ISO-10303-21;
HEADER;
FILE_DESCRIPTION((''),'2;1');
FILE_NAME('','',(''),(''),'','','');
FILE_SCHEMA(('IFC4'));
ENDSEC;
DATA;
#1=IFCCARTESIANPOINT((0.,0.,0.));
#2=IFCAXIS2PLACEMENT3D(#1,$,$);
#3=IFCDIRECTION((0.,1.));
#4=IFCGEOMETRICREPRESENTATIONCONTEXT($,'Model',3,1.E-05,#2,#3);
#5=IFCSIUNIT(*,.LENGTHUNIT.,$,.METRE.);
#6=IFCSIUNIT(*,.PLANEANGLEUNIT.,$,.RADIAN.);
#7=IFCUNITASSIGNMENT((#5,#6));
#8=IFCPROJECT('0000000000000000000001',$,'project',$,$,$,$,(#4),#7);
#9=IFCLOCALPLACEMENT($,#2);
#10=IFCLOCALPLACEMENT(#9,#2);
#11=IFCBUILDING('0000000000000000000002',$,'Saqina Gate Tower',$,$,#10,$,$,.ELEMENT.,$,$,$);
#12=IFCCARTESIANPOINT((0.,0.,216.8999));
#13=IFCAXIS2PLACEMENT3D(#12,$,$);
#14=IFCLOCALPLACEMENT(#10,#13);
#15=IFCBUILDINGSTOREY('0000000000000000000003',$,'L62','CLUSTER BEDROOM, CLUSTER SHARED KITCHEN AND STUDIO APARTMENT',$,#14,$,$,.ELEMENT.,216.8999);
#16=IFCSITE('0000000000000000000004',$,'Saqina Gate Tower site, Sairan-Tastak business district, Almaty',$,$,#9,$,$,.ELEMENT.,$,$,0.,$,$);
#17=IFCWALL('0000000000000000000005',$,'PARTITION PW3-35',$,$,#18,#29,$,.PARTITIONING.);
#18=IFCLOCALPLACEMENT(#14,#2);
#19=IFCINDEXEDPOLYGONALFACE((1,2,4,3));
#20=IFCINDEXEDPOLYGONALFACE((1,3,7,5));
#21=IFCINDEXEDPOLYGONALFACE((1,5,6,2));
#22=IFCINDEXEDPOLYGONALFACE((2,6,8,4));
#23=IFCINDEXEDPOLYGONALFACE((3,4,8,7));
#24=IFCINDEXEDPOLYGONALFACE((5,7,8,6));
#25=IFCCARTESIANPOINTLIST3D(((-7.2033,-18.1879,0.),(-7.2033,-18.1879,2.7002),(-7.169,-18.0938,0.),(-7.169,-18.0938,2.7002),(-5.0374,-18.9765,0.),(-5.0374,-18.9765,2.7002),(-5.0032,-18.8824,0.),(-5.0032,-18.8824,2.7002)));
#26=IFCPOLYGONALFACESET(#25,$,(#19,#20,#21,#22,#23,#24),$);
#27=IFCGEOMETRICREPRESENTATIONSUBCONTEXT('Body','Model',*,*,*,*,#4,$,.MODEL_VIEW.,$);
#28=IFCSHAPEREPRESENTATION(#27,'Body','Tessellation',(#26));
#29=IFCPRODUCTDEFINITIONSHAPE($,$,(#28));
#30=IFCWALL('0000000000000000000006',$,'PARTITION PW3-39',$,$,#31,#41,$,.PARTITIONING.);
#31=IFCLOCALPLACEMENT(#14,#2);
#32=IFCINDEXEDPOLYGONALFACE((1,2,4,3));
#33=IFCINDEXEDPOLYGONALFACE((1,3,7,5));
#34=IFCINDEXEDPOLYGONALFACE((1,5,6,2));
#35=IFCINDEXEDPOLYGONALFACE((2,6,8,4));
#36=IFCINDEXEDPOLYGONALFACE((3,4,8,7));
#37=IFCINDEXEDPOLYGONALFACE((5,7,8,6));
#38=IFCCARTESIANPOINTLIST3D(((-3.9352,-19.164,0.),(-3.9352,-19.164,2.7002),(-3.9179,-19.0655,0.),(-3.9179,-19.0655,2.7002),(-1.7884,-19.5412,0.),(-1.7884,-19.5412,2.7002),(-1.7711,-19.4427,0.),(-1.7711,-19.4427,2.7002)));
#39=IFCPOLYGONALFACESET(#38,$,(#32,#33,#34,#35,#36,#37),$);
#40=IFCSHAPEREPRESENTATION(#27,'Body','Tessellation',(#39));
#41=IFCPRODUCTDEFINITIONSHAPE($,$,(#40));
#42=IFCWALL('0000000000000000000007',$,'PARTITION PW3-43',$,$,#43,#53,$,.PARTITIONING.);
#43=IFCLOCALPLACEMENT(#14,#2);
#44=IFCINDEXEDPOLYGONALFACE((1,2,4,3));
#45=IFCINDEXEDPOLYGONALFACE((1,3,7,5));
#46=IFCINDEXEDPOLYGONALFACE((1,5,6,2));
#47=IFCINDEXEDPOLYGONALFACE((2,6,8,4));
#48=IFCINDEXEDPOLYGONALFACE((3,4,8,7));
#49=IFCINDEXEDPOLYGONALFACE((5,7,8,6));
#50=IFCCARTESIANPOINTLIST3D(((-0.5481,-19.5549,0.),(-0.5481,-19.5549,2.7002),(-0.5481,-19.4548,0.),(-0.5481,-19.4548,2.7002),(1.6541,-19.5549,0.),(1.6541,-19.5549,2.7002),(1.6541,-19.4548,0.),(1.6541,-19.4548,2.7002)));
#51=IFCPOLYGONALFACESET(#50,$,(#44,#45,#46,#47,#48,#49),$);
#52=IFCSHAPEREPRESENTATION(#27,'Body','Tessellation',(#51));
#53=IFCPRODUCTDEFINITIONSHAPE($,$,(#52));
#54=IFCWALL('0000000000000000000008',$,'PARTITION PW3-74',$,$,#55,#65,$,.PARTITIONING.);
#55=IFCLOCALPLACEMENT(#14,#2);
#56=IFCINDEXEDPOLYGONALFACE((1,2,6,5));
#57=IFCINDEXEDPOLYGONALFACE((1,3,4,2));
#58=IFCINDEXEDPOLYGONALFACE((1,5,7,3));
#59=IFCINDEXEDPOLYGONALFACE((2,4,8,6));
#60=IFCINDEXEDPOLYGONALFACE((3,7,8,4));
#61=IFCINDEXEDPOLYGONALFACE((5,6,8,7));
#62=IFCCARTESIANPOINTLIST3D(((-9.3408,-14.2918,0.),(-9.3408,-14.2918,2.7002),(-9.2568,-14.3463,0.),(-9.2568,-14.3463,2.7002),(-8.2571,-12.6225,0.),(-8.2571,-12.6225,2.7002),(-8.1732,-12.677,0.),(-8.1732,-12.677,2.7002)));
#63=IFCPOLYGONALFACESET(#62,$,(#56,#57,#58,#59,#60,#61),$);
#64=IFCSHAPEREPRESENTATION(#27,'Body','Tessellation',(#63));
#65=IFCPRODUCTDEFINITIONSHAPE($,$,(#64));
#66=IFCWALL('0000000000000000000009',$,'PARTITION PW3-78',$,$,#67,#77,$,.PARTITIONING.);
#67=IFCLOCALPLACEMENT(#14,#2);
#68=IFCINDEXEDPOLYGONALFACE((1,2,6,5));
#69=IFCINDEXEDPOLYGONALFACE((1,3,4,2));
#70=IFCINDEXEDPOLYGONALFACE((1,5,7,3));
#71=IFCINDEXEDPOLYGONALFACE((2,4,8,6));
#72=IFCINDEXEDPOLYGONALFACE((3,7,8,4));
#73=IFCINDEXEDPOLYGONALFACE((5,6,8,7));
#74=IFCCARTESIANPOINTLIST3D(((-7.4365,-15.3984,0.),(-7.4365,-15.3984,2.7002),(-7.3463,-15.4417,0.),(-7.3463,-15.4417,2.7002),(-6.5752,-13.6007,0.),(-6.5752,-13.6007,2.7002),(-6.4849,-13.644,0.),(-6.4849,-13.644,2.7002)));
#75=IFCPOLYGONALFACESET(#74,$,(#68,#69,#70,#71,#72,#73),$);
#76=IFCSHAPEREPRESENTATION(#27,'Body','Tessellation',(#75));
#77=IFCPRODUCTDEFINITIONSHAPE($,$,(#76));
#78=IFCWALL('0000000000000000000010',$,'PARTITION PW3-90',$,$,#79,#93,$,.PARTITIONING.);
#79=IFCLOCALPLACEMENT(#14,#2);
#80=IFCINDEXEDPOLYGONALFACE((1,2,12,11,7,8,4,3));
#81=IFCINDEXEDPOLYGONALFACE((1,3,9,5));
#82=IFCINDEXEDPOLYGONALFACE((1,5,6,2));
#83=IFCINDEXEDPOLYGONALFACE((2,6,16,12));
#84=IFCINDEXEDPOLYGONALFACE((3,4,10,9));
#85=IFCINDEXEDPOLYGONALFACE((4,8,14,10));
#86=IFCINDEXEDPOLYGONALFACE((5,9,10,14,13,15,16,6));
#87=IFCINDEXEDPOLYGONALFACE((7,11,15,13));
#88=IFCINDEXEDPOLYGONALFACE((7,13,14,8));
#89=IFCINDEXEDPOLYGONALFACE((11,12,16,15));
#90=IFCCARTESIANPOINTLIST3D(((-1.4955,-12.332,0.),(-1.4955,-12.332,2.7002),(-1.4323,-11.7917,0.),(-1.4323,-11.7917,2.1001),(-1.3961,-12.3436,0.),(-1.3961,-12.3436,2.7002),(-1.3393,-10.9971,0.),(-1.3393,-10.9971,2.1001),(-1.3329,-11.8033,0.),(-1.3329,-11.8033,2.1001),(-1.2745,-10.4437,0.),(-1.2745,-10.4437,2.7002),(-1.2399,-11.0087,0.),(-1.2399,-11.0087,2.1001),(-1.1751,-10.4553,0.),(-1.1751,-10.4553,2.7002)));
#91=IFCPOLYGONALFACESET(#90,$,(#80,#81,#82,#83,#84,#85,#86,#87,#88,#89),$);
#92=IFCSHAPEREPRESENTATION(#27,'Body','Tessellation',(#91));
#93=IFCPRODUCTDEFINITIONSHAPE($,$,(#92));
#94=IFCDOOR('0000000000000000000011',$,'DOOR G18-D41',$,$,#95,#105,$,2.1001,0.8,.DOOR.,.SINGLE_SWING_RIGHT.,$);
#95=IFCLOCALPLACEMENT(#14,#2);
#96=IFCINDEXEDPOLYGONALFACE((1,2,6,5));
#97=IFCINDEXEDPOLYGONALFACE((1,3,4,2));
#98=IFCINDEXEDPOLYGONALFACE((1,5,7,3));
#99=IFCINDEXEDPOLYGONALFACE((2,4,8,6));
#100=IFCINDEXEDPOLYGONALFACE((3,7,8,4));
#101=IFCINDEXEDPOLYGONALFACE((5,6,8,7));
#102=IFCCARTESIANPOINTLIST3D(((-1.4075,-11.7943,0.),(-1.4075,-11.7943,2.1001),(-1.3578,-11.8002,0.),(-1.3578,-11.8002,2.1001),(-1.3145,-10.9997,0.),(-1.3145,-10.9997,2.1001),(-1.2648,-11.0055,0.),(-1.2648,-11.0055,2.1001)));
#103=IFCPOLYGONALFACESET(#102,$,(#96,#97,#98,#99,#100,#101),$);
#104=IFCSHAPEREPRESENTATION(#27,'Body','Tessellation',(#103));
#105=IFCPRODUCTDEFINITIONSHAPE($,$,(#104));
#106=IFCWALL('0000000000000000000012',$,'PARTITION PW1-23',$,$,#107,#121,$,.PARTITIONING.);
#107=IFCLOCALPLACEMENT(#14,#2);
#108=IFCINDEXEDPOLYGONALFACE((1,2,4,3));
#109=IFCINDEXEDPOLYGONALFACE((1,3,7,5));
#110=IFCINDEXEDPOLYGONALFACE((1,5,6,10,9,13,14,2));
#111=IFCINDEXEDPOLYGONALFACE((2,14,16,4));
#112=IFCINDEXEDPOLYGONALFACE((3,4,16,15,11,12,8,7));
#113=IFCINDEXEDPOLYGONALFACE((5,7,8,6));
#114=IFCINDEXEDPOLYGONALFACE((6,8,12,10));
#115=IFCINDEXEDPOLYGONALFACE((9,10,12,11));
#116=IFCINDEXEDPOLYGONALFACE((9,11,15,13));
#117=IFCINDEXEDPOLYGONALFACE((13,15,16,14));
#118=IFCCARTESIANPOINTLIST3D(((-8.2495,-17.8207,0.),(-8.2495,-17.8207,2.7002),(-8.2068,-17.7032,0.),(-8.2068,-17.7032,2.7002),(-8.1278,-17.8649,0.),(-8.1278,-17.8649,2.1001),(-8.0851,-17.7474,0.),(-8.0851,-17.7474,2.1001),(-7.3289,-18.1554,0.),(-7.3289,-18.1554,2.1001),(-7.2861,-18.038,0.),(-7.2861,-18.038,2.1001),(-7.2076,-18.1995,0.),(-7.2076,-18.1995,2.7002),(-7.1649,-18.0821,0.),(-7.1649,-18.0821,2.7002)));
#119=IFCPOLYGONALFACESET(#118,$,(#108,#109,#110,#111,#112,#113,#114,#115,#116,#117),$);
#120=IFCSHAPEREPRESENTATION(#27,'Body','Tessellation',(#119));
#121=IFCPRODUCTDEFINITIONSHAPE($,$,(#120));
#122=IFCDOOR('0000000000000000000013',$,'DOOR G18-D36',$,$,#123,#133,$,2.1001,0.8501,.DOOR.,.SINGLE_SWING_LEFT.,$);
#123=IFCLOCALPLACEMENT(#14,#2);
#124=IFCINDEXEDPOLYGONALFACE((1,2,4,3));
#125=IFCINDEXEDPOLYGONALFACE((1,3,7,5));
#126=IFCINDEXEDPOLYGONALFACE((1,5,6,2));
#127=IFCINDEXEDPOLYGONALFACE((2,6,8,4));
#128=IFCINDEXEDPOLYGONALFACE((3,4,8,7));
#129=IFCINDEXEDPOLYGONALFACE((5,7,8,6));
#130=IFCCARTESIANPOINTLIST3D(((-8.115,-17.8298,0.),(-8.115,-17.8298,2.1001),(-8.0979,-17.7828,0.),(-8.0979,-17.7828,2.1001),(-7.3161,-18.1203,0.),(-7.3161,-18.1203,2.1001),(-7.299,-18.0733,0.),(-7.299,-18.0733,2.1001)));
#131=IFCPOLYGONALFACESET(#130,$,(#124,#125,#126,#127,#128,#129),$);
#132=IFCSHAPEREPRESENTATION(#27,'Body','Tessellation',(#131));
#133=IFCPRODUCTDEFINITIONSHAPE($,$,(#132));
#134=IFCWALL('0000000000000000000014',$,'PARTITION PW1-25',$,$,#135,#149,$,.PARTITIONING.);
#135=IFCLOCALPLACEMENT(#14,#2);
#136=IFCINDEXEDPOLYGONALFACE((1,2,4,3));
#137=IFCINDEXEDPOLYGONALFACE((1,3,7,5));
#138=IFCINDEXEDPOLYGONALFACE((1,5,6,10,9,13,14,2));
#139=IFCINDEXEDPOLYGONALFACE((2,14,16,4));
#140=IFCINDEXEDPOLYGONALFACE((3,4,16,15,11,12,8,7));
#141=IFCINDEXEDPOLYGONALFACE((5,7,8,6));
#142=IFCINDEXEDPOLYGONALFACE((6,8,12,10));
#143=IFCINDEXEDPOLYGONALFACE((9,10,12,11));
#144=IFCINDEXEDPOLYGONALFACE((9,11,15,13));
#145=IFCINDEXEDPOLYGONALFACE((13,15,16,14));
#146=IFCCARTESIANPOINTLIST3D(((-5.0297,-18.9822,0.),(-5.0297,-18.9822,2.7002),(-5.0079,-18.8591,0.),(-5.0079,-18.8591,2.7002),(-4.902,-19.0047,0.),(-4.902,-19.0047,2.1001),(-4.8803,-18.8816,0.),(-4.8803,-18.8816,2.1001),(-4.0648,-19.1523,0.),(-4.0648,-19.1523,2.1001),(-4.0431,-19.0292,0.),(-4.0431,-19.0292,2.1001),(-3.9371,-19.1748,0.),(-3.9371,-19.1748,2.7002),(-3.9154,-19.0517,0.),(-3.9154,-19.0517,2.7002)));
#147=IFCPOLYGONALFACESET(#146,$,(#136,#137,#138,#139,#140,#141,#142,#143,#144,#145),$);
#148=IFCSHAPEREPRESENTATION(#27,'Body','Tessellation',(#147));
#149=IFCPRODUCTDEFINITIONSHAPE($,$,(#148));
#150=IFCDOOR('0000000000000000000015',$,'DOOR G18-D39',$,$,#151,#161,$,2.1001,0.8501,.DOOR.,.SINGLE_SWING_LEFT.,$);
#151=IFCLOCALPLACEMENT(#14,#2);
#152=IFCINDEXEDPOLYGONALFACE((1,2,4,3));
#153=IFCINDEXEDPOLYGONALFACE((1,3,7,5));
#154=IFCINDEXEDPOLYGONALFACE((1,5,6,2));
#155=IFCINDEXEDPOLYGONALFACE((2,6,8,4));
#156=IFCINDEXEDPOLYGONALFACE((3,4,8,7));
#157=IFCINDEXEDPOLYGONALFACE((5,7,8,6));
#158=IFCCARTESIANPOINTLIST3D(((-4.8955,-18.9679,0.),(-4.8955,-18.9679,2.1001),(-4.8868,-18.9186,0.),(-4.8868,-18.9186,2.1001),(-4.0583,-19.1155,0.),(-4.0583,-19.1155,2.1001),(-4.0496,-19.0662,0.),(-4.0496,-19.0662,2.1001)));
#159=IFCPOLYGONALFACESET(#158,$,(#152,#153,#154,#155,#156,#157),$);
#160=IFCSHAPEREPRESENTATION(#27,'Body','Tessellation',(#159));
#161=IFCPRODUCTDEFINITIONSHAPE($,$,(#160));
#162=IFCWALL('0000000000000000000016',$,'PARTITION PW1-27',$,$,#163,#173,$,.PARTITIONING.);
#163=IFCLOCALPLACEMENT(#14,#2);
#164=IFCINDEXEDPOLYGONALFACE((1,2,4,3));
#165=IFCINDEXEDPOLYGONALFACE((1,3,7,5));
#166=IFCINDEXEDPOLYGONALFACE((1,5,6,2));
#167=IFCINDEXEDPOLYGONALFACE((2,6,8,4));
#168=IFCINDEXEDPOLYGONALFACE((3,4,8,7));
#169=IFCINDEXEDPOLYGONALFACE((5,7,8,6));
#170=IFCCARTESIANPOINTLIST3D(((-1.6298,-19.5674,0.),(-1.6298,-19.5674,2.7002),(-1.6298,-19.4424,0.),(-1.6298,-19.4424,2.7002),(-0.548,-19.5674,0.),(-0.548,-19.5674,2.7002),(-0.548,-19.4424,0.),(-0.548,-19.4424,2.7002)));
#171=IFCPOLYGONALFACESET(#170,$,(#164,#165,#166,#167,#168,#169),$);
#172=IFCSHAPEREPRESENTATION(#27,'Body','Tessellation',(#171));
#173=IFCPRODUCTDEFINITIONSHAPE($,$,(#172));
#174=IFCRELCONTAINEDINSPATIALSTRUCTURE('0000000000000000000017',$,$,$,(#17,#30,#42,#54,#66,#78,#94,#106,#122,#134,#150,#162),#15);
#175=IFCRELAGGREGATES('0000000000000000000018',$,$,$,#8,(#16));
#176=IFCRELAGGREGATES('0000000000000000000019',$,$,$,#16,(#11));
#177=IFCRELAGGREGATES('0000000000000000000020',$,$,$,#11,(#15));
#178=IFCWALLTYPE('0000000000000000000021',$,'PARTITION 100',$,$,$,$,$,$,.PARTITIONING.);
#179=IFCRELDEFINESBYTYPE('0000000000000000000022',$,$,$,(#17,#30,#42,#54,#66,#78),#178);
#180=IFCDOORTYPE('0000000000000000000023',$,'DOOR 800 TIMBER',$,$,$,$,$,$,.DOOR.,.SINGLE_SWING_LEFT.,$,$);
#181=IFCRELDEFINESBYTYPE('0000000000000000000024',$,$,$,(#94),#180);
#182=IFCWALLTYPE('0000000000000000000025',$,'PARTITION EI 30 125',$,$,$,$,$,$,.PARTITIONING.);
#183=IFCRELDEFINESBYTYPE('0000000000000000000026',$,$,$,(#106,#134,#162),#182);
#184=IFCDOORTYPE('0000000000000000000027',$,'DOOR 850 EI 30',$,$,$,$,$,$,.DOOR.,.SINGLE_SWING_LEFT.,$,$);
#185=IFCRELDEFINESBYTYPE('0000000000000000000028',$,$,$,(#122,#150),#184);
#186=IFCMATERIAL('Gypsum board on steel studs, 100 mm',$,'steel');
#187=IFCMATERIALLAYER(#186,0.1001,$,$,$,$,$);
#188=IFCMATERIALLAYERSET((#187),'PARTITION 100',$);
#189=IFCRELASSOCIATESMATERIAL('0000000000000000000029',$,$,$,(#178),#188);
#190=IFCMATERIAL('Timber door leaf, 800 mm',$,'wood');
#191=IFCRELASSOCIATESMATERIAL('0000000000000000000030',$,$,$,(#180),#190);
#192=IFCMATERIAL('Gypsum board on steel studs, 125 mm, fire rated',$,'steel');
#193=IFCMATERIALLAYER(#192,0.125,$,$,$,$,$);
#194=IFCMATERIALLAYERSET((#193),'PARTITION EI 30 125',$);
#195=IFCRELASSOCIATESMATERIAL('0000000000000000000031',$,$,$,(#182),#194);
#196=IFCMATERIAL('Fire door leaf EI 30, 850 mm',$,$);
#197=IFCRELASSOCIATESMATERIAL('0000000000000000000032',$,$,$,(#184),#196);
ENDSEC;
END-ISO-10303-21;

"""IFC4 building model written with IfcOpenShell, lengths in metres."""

from ifc_helpers import new_model, si_unit, direction, frame, frame_2d, origin, place, context, subcontext, project, spatial, rectangle, extrude, material, layer, layer_set, type_object, element, fill, save


model = new_model("IFC4")

# Units and contexts
model_context = context("Model", 3, precision=1e-05, world=origin(), true_north=direction((0.0, 1.0)))
body_context = subcontext(model_context, "Body", "Model", "MODEL_VIEW")
ifc_project = project(units=[si_unit("LENGTHUNIT", "METRE"), si_unit("PLANEANGLEUNIT", "RADIAN")], contexts=[model_context])

# Site, building, storey
site_placement = place(None, origin())
site = spatial("IfcSite", under=ifc_project, at=site_placement, Name="Saqina Gate Tower site, Sairan-Tastak business district, Almaty", CompositionType="ELEMENT", RefElevation=0.0)
building_placement = place(site_placement, origin())
building = spatial("IfcBuilding", under=site, at=building_placement, Name="Saqina Gate Tower", CompositionType="ELEMENT")
storey_placement = place(building_placement, frame((0.0, 0.0, 216.8999)))
storey = spatial("IfcBuildingStorey", under=building, at=storey_placement, Name="L62", Description="CLUSTER BEDROOM, CLUSTER SHARED KITCHEN AND STUDIO APARTMENT", CompositionType="ELEMENT", Elevation=216.8999)

# Walls
ifc_material_1 = material(Name="Gypsum board on steel studs, 100 mm", Category="steel")
ifc_layer_1 = layer(ifc_material_1, 0.1001)
ifc_layer_set_1 = layer_set([ifc_layer_1], Name="PARTITION 100")
wall_type_1 = type_object("IfcWallType", Name="PARTITION 100", PredefinedType="PARTITIONING", material=ifc_layer_set_1)
wall_1_placement = place(storey_placement, frame((-7.186, -18.1409, 0.0), z_axis=(0.0, 0.0, 1.0), x_axis=(0.939651, -0.342134, 0.0)))
element("IfcWall", 1, at=wall_1_placement, inside=storey, type_object=wall_type_1, Name="PARTITION PW3-35", PredefinedType="PARTITIONING", context=body_context, shape_type="SweptSolid", body=[
    extrude(rectangle(XDim=2.3049, YDim=0.1001, at=frame_2d((1.1523, 0.0))), origin(), (0.0, 0.0, 1.0), 2.7002),
])
wall_2_placement = place(storey_placement, frame((-3.9265, -19.1147, 0.0), z_axis=(0.0, 0.0, 1.0), x_axis=(0.984912, -0.173057, 0.0)))
element("IfcWall", 2, at=wall_2_placement, inside=storey, type_object=wall_type_1, Name="PARTITION PW3-39", PredefinedType="PARTITIONING", context=body_context, shape_type="SweptSolid", body=[
    extrude(rectangle(XDim=2.1797, YDim=0.1001, at=frame_2d((1.0898, 0.0))), origin(), (0.0, 0.0, 1.0), 2.7002),
])
wall_3_placement = place(storey_placement, frame((-0.5481, -19.5049, 0.0), z_axis=(0.0, 0.0, 1.0), x_axis=(1.0, 0.0, 0.0)))
element("IfcWall", 3, at=wall_3_placement, inside=storey, type_object=wall_type_1, Name="PARTITION PW3-43", PredefinedType="PARTITIONING", context=body_context, shape_type="SweptSolid", body=[
    extrude(rectangle(XDim=2.2021, YDim=0.1001, at=frame_2d((1.1011, 0.0))), origin(), (0.0, 0.0, 1.0), 2.7002),
])
wall_4_placement = place(storey_placement, frame((-9.2988, -14.3191, 0.0), z_axis=(0.0, 0.0, 1.0), x_axis=(0.544497, 0.838763, 0.0)))
element("IfcWall", 4, at=wall_4_placement, inside=storey, type_object=wall_type_1, Name="PARTITION PW3-74", PredefinedType="PARTITIONING", context=body_context, shape_type="SweptSolid", body=[
    extrude(rectangle(XDim=1.9902, YDim=0.1001, at=frame_2d((0.9951, 0.0))), origin(), (0.0, 0.0, 1.0), 2.7002),
])
wall_5_placement = place(storey_placement, frame((-7.3914, -15.4199, 0.0), z_axis=(0.0, 0.0, 1.0), x_axis=(0.43211, 0.901821, 0.0)))
element("IfcWall", 5, at=wall_5_placement, inside=storey, type_object=wall_type_1, Name="PARTITION PW3-78", PredefinedType="PARTITIONING", context=body_context, shape_type="SweptSolid", body=[
    extrude(rectangle(XDim=1.9934, YDim=0.1001, at=frame_2d((0.9966, 0.0))), origin(), (0.0, 0.0, 1.0), 2.7002),
])

# Walls, openings, doors
wall_6_placement = place(storey_placement, frame((-1.4458, -12.3379, 0.0), z_axis=(0.0, 0.0, 1.0), x_axis=(0.116223, 0.993223, 0.0)))
wall_6 = element("IfcWall", 6, at=wall_6_placement, inside=storey, type_object=wall_type_1, Name="PARTITION PW3-90", PredefinedType="PARTITIONING", context=body_context, shape_type="SweptSolid", body=[
    extrude(rectangle(XDim=1.9011, YDim=0.1001, at=frame_2d((0.9507, 0.0))), origin(), (0.0, 0.0, 1.0), 2.7002),
])
opening_1_placement = place(wall_6_placement, frame((0.5442, 0.0, 0.0)))
opening_1 = element("IfcOpeningElement", 7, at=opening_1_placement, cuts=wall_6, PredefinedType="OPENING", context=body_context, shape_type="SweptSolid", body=[
    extrude(rectangle(XDim=0.8, YDim=2.1001, at=frame_2d((0.3999, 1.05))), frame((0.0, 0.062, 0.0), z_axis=(0.0, -1.0, 0.0), x_axis=(1.0, 0.0, 0.0)), (0.0, 0.0, 1.0), 0.124),
])
ifc_material_2 = material(Name="Timber door leaf, 800 mm", Category="wood")
door_type_1 = type_object("IfcDoorType", Name="DOOR 800 TIMBER", OperationType="SINGLE_SWING_LEFT", PredefinedType="DOOR", material=ifc_material_2)
door_1_placement = place(opening_1_placement, frame((0.8, 0.0, 0.0), z_axis=(0.0, 0.0, 1.0), x_axis=(-1.0, 0.0, 0.0)))
door_1 = element("IfcDoor", 8, at=door_1_placement, inside=storey, type_object=door_type_1, Name="DOOR G18-D41", OperationType="SINGLE_SWING_RIGHT", OverallHeight=2.1001, OverallWidth=0.8, PredefinedType="DOOR", context=body_context, shape_type="SweptSolid", body=[
    extrude(rectangle(XDim=0.8, YDim=2.1001, at=frame_2d((0.3999, 1.05))), frame((0.0, 0.0249, 0.0), z_axis=(0.0, -1.0, 0.0), x_axis=(1.0, 0.0, 0.0)), (0.0, 0.0, 1.0), 0.05),
])
fill(opening_1, door_1)
ifc_material_3 = material(Name="Gypsum board on steel studs, 125 mm, fire rated", Category="steel")
ifc_layer_2 = layer(ifc_material_3, 0.125)
ifc_layer_set_2 = layer_set([ifc_layer_2], Name="PARTITION EI 30 125")
wall_type_2 = type_object("IfcWallType", Name="PARTITION EI 30 125", PredefinedType="PARTITIONING", material=ifc_layer_set_2)
wall_7_placement = place(storey_placement, frame((-8.228, -17.762, 0.0), z_axis=(0.0, 0.0, 1.0), x_axis=(0.939793, -0.341743, 0.0)))
wall_7 = element("IfcWall", 9, at=wall_7_placement, inside=storey, type_object=wall_type_2, Name="PARTITION PW1-23", PredefinedType="PARTITIONING", context=body_context, shape_type="SweptSolid", body=[
    extrude(rectangle(XDim=1.1086, YDim=0.125, at=frame_2d((0.5542, 0.0))), origin(), (0.0, 0.0, 1.0), 2.7002),
])
opening_2_placement = place(wall_7_placement, frame((0.1294, 0.0, 0.0)))
opening_2 = element("IfcOpeningElement", 10, at=opening_2_placement, cuts=wall_7, PredefinedType="OPENING", context=body_context, shape_type="SweptSolid", body=[
    extrude(rectangle(XDim=0.8501, YDim=2.1001, at=frame_2d((0.425, 1.05))), frame((0.0, 0.0745, 0.0), z_axis=(0.0, -1.0, 0.0), x_axis=(1.0, 0.0, 0.0)), (0.0, 0.0, 1.0), 0.1489),
])
ifc_material_4 = material(Name="Fire door leaf EI 30, 850 mm")
door_type_2 = type_object("IfcDoorType", Name="DOOR 850 EI 30", OperationType="SINGLE_SWING_LEFT", PredefinedType="DOOR", material=ifc_material_4)
door_2_placement = place(opening_2_placement, origin())
door_2 = element("IfcDoor", 11, at=door_2_placement, inside=storey, type_object=door_type_2, Name="DOOR G18-D36", OperationType="SINGLE_SWING_LEFT", OverallHeight=2.1001, OverallWidth=0.8501, PredefinedType="DOOR", context=body_context, shape_type="SweptSolid", body=[
    extrude(rectangle(XDim=0.8501, YDim=2.1001, at=frame_2d((0.425, 1.05))), frame((0.0, 0.0249, 0.0), z_axis=(0.0, -1.0, 0.0), x_axis=(1.0, 0.0, 0.0)), (0.0, 0.0, 1.0), 0.05),
])
fill(opening_2, door_2)
wall_8_placement = place(storey_placement, frame((-5.0188, -18.9207, 0.0), z_axis=(0.0, 0.0, 1.0), x_axis=(0.98481, -0.173635, 0.0)))
wall_8 = element("IfcWall", 12, at=wall_8_placement, inside=storey, type_object=wall_type_2, Name="PARTITION PW1-25", PredefinedType="PARTITIONING", context=body_context, shape_type="SweptSolid", body=[
    extrude(rectangle(XDim=1.1094, YDim=0.125, at=frame_2d((0.5547, 0.0))), origin(), (0.0, 0.0, 1.0), 2.7002),
])
opening_3_placement = place(wall_8_placement, frame((0.1296, 0.0, 0.0)))
opening_3 = element("IfcOpeningElement", 13, at=opening_3_placement, cuts=wall_8, PredefinedType="OPENING", context=body_context, shape_type="SweptSolid", body=[
    extrude(rectangle(XDim=0.8501, YDim=2.1001, at=frame_2d((0.425, 1.05))), frame((0.0, 0.0745, 0.0), z_axis=(0.0, -1.0, 0.0), x_axis=(1.0, 0.0, 0.0)), (0.0, 0.0, 1.0), 0.1489),
])
door_3_placement = place(opening_3_placement, origin())
door_3 = element("IfcDoor", 14, at=door_3_placement, inside=storey, type_object=door_type_2, Name="DOOR G18-D39", OperationType="SINGLE_SWING_LEFT", OverallHeight=2.1001, OverallWidth=0.8501, PredefinedType="DOOR", context=body_context, shape_type="SweptSolid", body=[
    extrude(rectangle(XDim=0.8501, YDim=2.1001, at=frame_2d((0.425, 1.05))), frame((0.0, 0.0249, 0.0), z_axis=(0.0, -1.0, 0.0), x_axis=(1.0, 0.0, 0.0)), (0.0, 0.0, 1.0), 0.05),
])
fill(opening_3, door_3)

# Wall
wall_9_placement = place(storey_placement, frame((-1.6299, -19.5049, 0.0), z_axis=(0.0, 0.0, 1.0), x_axis=(1.0, 0.0, 0.0)))
element("IfcWall", 15, at=wall_9_placement, inside=storey, type_object=wall_type_2, Name="PARTITION PW1-27", PredefinedType="PARTITIONING", context=body_context, shape_type="SweptSolid", body=[
    extrude(rectangle(XDim=1.0818, YDim=0.125, at=frame_2d((0.541, 0.0))), origin(), (0.0, 0.0, 1.0), 2.7002),
])

save(model, "model.ifc")
